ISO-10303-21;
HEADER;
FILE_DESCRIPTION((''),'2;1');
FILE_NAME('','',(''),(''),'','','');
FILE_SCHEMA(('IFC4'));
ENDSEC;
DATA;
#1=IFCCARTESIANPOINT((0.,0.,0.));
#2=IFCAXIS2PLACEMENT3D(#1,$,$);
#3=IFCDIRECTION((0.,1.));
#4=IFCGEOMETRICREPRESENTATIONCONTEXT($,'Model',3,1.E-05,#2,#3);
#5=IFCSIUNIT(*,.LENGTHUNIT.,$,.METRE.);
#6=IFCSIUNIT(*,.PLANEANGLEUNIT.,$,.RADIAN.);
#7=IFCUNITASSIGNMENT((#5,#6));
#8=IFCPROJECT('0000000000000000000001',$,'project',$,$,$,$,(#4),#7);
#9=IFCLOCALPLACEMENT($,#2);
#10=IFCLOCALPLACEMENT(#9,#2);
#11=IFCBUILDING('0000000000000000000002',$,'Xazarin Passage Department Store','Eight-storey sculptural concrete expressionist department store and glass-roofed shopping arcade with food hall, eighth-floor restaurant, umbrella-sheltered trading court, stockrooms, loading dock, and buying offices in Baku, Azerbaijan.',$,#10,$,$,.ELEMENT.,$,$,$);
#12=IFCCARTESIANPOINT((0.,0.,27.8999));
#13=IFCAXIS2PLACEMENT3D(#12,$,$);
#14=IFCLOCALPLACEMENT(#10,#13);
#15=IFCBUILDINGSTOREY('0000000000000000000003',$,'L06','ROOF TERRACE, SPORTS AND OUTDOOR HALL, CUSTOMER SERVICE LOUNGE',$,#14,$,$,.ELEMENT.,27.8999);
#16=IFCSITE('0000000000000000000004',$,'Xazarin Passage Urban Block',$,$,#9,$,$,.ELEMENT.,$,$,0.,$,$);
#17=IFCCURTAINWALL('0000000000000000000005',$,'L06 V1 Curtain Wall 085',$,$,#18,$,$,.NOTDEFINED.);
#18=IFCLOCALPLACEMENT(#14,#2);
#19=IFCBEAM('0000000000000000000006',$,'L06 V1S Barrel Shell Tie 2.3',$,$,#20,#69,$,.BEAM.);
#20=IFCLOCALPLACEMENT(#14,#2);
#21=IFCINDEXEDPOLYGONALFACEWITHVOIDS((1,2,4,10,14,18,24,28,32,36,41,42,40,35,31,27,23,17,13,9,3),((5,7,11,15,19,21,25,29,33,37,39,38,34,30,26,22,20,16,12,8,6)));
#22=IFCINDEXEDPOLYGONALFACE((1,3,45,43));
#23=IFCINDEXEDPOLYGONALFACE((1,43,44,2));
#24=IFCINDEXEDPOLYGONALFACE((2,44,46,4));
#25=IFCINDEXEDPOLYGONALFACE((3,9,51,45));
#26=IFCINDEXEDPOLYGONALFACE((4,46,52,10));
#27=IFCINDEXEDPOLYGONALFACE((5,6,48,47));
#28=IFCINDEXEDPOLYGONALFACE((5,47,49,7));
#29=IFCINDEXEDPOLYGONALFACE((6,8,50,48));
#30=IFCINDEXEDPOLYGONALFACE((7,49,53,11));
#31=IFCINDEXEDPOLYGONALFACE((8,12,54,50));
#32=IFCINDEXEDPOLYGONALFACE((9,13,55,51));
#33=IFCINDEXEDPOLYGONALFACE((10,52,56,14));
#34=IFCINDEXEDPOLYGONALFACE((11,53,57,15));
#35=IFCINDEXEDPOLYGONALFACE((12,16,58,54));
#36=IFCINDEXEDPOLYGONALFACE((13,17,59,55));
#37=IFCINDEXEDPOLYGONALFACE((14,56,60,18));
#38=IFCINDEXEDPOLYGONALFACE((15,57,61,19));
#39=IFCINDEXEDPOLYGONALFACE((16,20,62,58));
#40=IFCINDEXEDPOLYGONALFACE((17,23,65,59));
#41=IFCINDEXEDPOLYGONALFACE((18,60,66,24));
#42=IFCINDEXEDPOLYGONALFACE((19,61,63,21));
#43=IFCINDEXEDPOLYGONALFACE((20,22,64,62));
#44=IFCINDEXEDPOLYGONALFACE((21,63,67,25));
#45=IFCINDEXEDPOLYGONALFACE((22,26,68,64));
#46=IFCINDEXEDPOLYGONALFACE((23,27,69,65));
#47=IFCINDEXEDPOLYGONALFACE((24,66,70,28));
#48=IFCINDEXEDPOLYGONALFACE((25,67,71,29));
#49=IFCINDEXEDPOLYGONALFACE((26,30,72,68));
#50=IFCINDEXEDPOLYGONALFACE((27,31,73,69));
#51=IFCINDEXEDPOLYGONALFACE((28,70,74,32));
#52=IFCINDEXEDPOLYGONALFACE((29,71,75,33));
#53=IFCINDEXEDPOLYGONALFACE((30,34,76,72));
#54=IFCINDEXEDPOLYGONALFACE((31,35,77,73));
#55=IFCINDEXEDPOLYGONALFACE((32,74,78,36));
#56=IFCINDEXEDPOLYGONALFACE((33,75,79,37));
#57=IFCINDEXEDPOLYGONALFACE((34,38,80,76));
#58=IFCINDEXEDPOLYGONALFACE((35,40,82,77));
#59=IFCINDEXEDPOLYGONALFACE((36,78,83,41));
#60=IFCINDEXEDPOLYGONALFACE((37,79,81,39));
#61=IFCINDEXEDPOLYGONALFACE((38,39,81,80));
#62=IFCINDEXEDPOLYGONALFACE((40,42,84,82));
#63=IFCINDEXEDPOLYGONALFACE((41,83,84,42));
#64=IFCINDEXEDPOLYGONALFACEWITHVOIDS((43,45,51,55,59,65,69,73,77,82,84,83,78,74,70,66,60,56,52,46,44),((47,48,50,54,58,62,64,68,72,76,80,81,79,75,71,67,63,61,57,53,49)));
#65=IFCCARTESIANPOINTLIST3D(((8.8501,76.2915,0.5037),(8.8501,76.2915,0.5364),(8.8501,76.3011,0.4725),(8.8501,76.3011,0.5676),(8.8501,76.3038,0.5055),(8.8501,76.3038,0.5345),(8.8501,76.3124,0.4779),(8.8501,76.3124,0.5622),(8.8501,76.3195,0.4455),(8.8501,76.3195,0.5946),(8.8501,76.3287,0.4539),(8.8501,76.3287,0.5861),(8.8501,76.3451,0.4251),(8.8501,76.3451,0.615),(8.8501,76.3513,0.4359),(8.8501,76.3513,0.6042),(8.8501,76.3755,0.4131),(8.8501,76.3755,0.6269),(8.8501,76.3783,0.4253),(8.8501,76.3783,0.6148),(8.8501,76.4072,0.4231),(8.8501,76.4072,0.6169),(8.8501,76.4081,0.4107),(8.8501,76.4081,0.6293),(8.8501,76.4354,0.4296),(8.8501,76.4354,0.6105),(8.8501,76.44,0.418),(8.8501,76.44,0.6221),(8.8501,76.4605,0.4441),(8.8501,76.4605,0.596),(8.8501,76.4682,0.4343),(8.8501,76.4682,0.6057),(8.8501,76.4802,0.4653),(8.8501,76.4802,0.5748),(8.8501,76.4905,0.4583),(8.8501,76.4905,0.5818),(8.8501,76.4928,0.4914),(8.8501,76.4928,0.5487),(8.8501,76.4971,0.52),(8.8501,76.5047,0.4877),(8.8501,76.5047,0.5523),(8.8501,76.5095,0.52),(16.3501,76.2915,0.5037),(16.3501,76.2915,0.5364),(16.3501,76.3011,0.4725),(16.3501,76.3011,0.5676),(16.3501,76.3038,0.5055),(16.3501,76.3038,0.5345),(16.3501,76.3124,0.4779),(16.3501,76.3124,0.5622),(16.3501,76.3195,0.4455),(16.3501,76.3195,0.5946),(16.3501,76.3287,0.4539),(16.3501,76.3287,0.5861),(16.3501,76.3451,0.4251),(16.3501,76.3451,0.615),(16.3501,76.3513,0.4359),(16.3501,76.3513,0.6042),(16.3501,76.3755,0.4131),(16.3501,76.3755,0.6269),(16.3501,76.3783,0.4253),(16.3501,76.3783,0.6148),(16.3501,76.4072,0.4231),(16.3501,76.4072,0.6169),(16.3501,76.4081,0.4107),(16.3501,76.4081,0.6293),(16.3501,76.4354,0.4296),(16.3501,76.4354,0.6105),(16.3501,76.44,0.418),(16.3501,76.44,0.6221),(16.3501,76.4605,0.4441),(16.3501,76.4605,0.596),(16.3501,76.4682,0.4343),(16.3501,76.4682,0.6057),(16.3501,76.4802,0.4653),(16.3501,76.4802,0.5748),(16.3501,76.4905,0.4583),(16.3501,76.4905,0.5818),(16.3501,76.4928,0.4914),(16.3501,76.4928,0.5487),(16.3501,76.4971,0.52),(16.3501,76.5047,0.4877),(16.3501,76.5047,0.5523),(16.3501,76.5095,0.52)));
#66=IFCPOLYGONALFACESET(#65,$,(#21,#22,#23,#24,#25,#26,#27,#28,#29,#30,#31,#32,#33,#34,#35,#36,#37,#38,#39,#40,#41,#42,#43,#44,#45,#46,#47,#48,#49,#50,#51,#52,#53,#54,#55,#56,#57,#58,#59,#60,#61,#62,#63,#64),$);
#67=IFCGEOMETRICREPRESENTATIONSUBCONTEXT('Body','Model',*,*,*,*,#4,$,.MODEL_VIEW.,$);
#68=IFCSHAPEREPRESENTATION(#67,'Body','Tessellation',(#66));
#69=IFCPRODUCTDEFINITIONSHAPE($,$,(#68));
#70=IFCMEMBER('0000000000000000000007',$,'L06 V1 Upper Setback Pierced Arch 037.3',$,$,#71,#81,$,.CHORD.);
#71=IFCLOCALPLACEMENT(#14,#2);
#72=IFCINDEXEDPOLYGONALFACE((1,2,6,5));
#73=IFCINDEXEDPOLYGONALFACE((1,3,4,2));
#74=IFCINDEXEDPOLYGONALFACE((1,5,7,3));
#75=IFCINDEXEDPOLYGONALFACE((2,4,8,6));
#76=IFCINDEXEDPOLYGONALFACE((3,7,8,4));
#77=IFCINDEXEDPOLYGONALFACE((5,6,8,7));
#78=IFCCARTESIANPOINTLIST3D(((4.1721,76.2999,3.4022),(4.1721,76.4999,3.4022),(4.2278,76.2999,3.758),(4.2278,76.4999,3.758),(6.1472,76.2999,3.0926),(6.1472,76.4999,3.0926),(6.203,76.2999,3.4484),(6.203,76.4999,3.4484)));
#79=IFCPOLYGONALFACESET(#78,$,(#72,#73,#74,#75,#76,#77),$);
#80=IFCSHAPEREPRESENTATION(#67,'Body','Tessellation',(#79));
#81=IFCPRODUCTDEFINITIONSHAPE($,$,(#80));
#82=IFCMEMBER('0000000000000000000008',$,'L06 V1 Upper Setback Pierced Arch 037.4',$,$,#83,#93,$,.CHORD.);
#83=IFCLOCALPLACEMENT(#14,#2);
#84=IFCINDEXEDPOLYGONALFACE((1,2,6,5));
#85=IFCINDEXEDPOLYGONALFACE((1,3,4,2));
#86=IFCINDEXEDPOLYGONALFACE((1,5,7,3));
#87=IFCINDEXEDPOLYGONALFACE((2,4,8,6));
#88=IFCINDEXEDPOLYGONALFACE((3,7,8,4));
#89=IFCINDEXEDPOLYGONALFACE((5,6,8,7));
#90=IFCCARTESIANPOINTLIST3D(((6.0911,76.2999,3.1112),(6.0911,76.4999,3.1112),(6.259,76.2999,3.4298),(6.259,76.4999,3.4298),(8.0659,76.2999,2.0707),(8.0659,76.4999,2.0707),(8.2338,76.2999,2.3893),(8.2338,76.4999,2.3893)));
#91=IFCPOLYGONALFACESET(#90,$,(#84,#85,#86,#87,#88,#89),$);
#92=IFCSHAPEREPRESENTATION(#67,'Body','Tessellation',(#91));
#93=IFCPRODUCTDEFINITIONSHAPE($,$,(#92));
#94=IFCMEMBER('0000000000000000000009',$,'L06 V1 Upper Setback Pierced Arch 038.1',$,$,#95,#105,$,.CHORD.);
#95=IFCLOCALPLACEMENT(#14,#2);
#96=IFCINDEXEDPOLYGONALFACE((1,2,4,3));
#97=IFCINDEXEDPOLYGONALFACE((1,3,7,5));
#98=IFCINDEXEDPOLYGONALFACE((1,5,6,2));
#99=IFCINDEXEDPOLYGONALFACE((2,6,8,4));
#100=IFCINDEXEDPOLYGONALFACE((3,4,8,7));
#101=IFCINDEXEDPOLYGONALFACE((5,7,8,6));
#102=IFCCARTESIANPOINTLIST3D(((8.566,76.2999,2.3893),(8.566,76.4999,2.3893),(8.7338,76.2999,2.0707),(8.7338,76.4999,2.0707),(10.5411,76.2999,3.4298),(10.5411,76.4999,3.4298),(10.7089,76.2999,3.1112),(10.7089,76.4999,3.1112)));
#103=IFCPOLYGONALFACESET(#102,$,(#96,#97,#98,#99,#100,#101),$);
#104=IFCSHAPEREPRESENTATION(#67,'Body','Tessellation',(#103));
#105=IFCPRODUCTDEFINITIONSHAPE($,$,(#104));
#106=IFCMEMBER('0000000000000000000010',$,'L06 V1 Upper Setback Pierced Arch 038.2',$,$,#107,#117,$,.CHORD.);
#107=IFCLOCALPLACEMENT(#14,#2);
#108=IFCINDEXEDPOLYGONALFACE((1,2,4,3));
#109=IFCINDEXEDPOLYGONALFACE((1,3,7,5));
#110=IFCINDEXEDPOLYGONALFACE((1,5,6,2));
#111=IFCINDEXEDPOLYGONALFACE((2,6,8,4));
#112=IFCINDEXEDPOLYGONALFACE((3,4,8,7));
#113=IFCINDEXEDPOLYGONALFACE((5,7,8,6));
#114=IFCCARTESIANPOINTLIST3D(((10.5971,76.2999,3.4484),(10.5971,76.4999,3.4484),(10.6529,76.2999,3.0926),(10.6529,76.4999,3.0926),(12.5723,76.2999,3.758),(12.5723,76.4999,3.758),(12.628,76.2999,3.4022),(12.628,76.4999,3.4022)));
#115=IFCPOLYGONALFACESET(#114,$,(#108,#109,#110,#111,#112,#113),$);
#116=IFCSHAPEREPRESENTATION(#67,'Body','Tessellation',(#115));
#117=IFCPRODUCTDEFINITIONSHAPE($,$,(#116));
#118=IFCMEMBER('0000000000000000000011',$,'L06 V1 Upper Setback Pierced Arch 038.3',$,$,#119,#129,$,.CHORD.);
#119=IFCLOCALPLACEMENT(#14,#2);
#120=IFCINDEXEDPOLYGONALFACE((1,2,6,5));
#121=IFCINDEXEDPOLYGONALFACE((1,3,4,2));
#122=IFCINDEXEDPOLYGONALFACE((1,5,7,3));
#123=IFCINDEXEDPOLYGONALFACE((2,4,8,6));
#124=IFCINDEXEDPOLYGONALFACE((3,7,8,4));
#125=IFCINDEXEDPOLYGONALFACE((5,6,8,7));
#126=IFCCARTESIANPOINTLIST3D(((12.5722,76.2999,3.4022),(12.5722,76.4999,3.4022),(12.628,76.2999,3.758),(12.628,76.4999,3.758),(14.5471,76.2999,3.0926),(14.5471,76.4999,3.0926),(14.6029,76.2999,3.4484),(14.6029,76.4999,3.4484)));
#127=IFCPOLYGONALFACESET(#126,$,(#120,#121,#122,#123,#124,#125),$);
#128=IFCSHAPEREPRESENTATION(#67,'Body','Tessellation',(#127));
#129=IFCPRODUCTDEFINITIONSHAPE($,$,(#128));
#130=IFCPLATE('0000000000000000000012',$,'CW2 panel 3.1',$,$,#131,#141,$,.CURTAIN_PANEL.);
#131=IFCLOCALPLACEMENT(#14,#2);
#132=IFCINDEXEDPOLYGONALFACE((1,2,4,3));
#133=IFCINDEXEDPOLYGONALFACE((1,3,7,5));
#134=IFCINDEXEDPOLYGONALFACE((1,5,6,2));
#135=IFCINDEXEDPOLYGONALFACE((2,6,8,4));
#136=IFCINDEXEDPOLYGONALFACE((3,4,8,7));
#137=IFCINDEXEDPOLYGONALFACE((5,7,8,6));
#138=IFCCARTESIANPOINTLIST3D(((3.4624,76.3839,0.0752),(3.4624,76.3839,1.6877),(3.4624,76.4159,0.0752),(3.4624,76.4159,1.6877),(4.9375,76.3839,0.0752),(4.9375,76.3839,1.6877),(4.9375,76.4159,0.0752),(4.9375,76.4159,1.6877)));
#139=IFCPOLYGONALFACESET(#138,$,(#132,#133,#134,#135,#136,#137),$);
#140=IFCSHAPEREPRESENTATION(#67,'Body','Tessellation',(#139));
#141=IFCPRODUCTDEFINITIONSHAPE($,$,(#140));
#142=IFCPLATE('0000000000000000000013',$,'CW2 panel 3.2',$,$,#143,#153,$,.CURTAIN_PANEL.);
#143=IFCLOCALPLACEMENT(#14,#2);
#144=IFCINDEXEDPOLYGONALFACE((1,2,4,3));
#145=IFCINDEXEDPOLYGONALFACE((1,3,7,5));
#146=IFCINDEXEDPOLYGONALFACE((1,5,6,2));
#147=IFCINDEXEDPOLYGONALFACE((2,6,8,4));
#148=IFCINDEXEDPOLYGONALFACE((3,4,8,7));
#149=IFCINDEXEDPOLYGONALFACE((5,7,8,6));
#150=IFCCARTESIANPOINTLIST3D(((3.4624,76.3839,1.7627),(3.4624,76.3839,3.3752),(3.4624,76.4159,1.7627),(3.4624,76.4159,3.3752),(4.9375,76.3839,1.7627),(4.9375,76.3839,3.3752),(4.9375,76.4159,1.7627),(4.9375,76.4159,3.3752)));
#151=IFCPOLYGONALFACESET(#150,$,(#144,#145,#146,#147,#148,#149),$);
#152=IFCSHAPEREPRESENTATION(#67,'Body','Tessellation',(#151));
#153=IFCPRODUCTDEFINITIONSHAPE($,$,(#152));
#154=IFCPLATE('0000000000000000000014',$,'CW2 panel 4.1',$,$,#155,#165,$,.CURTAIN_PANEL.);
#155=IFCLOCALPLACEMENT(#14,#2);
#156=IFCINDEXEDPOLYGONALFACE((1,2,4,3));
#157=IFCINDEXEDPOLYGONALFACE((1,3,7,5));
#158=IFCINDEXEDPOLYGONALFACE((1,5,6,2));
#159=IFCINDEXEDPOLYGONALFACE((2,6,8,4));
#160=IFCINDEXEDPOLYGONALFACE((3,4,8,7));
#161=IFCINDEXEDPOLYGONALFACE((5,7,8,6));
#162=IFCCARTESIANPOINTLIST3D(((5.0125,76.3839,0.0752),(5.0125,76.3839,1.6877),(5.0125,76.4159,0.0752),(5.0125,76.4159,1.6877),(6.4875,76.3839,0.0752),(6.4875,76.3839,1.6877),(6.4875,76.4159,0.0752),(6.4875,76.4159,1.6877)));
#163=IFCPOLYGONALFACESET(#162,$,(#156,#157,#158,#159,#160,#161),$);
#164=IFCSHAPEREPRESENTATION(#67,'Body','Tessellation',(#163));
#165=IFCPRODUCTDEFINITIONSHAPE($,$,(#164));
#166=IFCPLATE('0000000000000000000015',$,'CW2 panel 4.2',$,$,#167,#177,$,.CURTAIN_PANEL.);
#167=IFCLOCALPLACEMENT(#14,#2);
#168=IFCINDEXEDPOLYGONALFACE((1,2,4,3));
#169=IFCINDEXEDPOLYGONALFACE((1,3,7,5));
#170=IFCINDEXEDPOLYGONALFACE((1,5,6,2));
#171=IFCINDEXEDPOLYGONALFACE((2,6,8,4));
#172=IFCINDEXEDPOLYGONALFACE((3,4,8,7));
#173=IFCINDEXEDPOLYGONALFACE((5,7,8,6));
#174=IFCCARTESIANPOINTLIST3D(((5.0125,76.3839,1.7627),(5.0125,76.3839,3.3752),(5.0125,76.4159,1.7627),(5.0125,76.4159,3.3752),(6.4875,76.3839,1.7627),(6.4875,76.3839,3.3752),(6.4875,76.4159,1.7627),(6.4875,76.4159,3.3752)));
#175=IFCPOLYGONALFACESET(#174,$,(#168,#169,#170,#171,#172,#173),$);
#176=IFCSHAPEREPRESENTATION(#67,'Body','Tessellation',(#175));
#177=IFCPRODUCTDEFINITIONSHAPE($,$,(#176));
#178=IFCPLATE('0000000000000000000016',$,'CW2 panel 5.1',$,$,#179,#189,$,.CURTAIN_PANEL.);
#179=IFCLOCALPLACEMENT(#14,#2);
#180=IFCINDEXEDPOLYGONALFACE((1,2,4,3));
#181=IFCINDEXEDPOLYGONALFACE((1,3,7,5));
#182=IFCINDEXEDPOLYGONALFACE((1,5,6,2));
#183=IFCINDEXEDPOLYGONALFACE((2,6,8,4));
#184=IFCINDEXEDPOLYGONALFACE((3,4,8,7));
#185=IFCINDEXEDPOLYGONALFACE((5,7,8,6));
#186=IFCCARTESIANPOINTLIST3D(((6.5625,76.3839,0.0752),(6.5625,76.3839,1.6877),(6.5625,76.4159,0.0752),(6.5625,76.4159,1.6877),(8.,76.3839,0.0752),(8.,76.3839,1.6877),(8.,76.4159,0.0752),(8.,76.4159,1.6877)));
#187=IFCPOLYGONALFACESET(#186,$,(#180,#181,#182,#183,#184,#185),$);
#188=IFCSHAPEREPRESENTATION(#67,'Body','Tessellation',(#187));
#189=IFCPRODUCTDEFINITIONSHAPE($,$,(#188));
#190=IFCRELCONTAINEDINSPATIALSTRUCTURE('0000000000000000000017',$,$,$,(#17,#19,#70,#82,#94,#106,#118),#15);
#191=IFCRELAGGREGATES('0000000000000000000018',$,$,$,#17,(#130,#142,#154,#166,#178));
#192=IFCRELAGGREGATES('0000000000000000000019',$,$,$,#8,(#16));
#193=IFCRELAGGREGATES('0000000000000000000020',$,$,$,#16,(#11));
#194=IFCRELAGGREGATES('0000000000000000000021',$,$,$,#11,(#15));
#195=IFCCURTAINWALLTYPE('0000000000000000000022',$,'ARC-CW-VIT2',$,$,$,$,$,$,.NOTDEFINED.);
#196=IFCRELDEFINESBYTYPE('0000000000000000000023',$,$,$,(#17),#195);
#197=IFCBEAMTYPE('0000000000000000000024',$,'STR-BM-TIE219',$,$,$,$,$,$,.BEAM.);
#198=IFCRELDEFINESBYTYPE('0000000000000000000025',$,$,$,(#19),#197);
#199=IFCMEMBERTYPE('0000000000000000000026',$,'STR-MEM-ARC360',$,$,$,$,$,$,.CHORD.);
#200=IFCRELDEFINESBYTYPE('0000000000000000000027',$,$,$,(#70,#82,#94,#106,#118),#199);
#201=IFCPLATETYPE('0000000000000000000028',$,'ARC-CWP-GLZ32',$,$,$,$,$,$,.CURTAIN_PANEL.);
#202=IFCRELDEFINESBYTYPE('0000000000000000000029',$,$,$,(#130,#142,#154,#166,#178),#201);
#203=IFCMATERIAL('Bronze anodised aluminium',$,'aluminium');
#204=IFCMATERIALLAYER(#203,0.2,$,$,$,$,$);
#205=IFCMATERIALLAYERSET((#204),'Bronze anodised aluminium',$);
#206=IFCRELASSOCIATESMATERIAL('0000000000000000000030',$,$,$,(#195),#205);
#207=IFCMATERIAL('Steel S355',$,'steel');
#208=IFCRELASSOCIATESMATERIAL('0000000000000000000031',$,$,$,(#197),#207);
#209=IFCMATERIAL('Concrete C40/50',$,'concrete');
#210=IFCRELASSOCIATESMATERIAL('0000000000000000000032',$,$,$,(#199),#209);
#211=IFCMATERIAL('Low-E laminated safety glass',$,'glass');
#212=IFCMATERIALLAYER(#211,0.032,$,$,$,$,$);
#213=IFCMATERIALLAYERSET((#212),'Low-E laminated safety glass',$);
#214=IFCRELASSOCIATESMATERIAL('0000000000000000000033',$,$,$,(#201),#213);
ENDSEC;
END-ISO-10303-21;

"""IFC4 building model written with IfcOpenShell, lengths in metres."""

from ifc_helpers import new_model, si_unit, direction, frame, origin, origin_2d, place, context, subcontext, project, spatial, rectangle, hollow_circle, extrude, material, layer, layer_set, material_profile, profile_set, type_object, element, aggregate, save


model = new_model("IFC4")

# Units and contexts
model_context = context("Model", 3, precision=1e-05, world=origin(), true_north=direction((0.0, 1.0)))
body_context = subcontext(model_context, "Body", "Model", "MODEL_VIEW")
ifc_project = project(units=[si_unit("LENGTHUNIT", "METRE"), si_unit("PLANEANGLEUNIT", "RADIAN")], contexts=[model_context])

# Site, building, storey
site_placement = place(None, origin())
site = spatial("IfcSite", under=ifc_project, at=site_placement, Name="Xazarin Passage Urban Block", CompositionType="ELEMENT", RefElevation=0.0)
building_placement = place(site_placement, origin())
building = spatial("IfcBuilding", under=site, at=building_placement, Name="Xazarin Passage Department Store", Description="Eight-storey sculptural concrete expressionist department store and glass-roofed shopping arcade with food hall, eighth-floor restaurant, umbrella-sheltered trading court, stockrooms, loading dock, and buying offices in Baku, Azerbaijan.", CompositionType="ELEMENT")
storey_placement = place(building_placement, frame((0.0, 0.0, 27.8999)))
storey = spatial("IfcBuildingStorey", under=building, at=storey_placement, Name="L06", Description="ROOF TERRACE, SPORTS AND OUTDOOR HALL, CUSTOMER SERVICE LOUNGE", CompositionType="ELEMENT", Elevation=27.8999)

# Shared definitions
ifc_material_1 = material(Name="Concrete C40/50", Category="concrete")

# Curtain wall
ifc_material_2 = material(Name="Bronze anodised aluminium", Category="aluminium")
ifc_layer_1 = layer(ifc_material_2, 0.2)
ifc_layer_set_1 = layer_set([ifc_layer_1], Name="Bronze anodised aluminium")
curtain_wall_type = type_object("IfcCurtainWallType", Name="ARC-CW-VIT2", PredefinedType="NOTDEFINED", material=ifc_layer_set_1)
curtain_wall_placement = place(storey_placement, origin())
curtain_wall = element("IfcCurtainWall", 1, at=curtain_wall_placement, inside=storey, type_object=curtain_wall_type, Name="L06 V1 Curtain Wall 085", PredefinedType="NOTDEFINED")

# Beam
ifc_material_3 = material(Name="Steel S355", Category="steel")
ifc_material_profile_1 = material_profile(ifc_material_3, hollow_circle(Radius=0.1096, WallThickness=0.0125, at=origin_2d()), Name="CHS 219.1x12.5")
ifc_profile_set_1 = profile_set([ifc_material_profile_1], Name="Steel S355")
beam_type_1 = type_object("IfcBeamType", Name="STR-BM-TIE219", PredefinedType="BEAM", material=ifc_profile_set_1)
beam_1_placement = place(storey_placement, frame((8.8501, 76.3999, 0.52), z_axis=(1.0, 0.0, 0.0), x_axis=(0.0, 1.0, 0.0)))
element("IfcBeam", 2, at=beam_1_placement, inside=storey, type_object=beam_type_1, Name="L06 V1S Barrel Shell Tie 2.3", PredefinedType="BEAM", context=body_context, shape_type="SweptSolid", body=[
    extrude(hollow_circle(Radius=0.1096, WallThickness=0.0125, at=origin_2d()), origin(), (0.0, 0.0, 1.0), 7.5),
])

# Members
ifc_material_profile_2 = material_profile(ifc_material_1, rectangle(XDim=0.2, YDim=0.3601, at=origin_2d()), Name="RC 200x360")
ifc_profile_set_2 = profile_set([ifc_material_profile_2], Name="Concrete C40/50")
member_type_1 = type_object("IfcMemberType", Name="STR-MEM-ARC360", PredefinedType="CHORD", material=ifc_profile_set_2)
member_1_placement = place(storey_placement, frame((4.2, 76.3999, 3.5801), z_axis=(0.987939, 0.0, -0.154846), x_axis=(0.0, 1.0, 0.0)))
element("IfcMember", 3, at=member_1_placement, inside=storey, type_object=member_type_1, Name="L06 V1 Upper Setback Pierced Arch 037.3", PredefinedType="CHORD", context=body_context, shape_type="SweptSolid", body=[
    extrude(rectangle(XDim=0.2, YDim=0.3601, at=origin_2d()), origin(), (0.0, 0.0, 1.0), 1.9993),
])
member_2_placement = place(storey_placement, frame((6.175, 76.3999, 3.2705), z_axis=(0.884709, 0.0, -0.466143), x_axis=(0.0, 1.0, 0.0)))
element("IfcMember", 4, at=member_2_placement, inside=storey, type_object=member_type_1, Name="L06 V1 Upper Setback Pierced Arch 037.4", PredefinedType="CHORD", context=body_context, shape_type="SweptSolid", body=[
    extrude(rectangle(XDim=0.2, YDim=0.3601, at=origin_2d()), origin(), (0.0, 0.0, 1.0), 2.2322),
])
member_3_placement = place(storey_placement, frame((8.6499, 76.3999, 2.23), z_axis=(0.884733, 0.0, 0.466098), x_axis=(0.0, 1.0, 0.0)))
element("IfcMember", 5, at=member_3_placement, inside=storey, type_object=member_type_1, Name="L06 V1 Upper Setback Pierced Arch 038.1", PredefinedType="CHORD", context=body_context, shape_type="SweptSolid", body=[
    extrude(rectangle(XDim=0.2, YDim=0.3601, at=origin_2d()), origin(), (0.0, 0.0, 1.0), 2.2324),
])
member_4_placement = place(storey_placement, frame((10.625, 76.3999, 3.2705), z_axis=(0.987939, 0.0, 0.154846), x_axis=(0.0, 1.0, 0.0)))
element("IfcMember", 6, at=member_4_placement, inside=storey, type_object=member_type_1, Name="L06 V1 Upper Setback Pierced Arch 038.2", PredefinedType="CHORD", context=body_context, shape_type="SweptSolid", body=[
    extrude(rectangle(XDim=0.2, YDim=0.3601, at=origin_2d()), origin(), (0.0, 0.0, 1.0), 1.9993),
])
member_5_placement = place(storey_placement, frame((12.6001, 76.3999, 3.5801), z_axis=(0.987936, 0.0, -0.154865), x_axis=(0.0, 1.0, 0.0)))
element("IfcMember", 7, at=member_5_placement, inside=storey, type_object=member_type_1, Name="L06 V1 Upper Setback Pierced Arch 038.3", PredefinedType="CHORD", context=body_context, shape_type="SweptSolid", body=[
    extrude(rectangle(XDim=0.2, YDim=0.3601, at=origin_2d()), origin(), (0.0, 0.0, 1.0), 1.999),
])

# Plates
ifc_material_4 = material(Name="Low-E laminated safety glass", Category="glass")
ifc_layer_2 = layer(ifc_material_4, 0.032)
ifc_layer_set_2 = layer_set([ifc_layer_2], Name="Low-E laminated safety glass")
plate_type = type_object("IfcPlateType", Name="ARC-CWP-GLZ32", PredefinedType="CURTAIN_PANEL", material=ifc_layer_set_2)
plate_1_placement = place(storey_placement, frame((4.2, 76.3999, 0.0752), z_axis=(0.0, 0.0, 1.0), x_axis=(1.0, 0.0, 0.0)))
plate_1 = element("IfcPlate", 8, at=plate_1_placement, type_object=plate_type, Name="CW2 panel 3.1", PredefinedType="CURTAIN_PANEL", context=body_context, shape_type="SweptSolid", body=[
    extrude(rectangle(XDim=1.4751, YDim=0.032, at=origin_2d()), origin(), (0.0, 0.0, 1.0), 1.6125),
])
plate_2_placement = place(storey_placement, frame((4.2, 76.3999, 1.7627), z_axis=(0.0, 0.0, 1.0), x_axis=(1.0, 0.0, 0.0)))
plate_2 = element("IfcPlate", 9, at=plate_2_placement, type_object=plate_type, Name="CW2 panel 3.2", PredefinedType="CURTAIN_PANEL", context=body_context, shape_type="SweptSolid", body=[
    extrude(rectangle(XDim=1.4751, YDim=0.032, at=origin_2d()), origin(), (0.0, 0.0, 1.0), 1.6125),
])
plate_3_placement = place(storey_placement, frame((5.75, 76.3999, 0.0752), z_axis=(0.0, 0.0, 1.0), x_axis=(1.0, 0.0, 0.0)))
plate_3 = element("IfcPlate", 10, at=plate_3_placement, type_object=plate_type, Name="CW2 panel 4.1", PredefinedType="CURTAIN_PANEL", context=body_context, shape_type="SweptSolid", body=[
    extrude(rectangle(XDim=1.4751, YDim=0.032, at=origin_2d()), origin(), (0.0, 0.0, 1.0), 1.6125),
])
plate_4_placement = place(storey_placement, frame((5.75, 76.3999, 1.7627), z_axis=(0.0, 0.0, 1.0), x_axis=(1.0, 0.0, 0.0)))
plate_4 = element("IfcPlate", 11, at=plate_4_placement, type_object=plate_type, Name="CW2 panel 4.2", PredefinedType="CURTAIN_PANEL", context=body_context, shape_type="SweptSolid", body=[
    extrude(rectangle(XDim=1.4751, YDim=0.032, at=origin_2d()), origin(), (0.0, 0.0, 1.0), 1.6125),
])
plate_5_placement = place(storey_placement, frame((7.2812, 76.3999, 0.0752), z_axis=(0.0, 0.0, 1.0), x_axis=(1.0, 0.0, 0.0)))
plate_5 = element("IfcPlate", 12, at=plate_5_placement, type_object=plate_type, Name="CW2 panel 5.1", PredefinedType="CURTAIN_PANEL", context=body_context, shape_type="SweptSolid", body=[
    extrude(rectangle(XDim=1.4375, YDim=0.032, at=origin_2d()), origin(), (0.0, 0.0, 1.0), 1.6125),
])
aggregate(curtain_wall, [plate_1, plate_2, plate_3, plate_4, plate_5])

save(model, "model.ifc")
